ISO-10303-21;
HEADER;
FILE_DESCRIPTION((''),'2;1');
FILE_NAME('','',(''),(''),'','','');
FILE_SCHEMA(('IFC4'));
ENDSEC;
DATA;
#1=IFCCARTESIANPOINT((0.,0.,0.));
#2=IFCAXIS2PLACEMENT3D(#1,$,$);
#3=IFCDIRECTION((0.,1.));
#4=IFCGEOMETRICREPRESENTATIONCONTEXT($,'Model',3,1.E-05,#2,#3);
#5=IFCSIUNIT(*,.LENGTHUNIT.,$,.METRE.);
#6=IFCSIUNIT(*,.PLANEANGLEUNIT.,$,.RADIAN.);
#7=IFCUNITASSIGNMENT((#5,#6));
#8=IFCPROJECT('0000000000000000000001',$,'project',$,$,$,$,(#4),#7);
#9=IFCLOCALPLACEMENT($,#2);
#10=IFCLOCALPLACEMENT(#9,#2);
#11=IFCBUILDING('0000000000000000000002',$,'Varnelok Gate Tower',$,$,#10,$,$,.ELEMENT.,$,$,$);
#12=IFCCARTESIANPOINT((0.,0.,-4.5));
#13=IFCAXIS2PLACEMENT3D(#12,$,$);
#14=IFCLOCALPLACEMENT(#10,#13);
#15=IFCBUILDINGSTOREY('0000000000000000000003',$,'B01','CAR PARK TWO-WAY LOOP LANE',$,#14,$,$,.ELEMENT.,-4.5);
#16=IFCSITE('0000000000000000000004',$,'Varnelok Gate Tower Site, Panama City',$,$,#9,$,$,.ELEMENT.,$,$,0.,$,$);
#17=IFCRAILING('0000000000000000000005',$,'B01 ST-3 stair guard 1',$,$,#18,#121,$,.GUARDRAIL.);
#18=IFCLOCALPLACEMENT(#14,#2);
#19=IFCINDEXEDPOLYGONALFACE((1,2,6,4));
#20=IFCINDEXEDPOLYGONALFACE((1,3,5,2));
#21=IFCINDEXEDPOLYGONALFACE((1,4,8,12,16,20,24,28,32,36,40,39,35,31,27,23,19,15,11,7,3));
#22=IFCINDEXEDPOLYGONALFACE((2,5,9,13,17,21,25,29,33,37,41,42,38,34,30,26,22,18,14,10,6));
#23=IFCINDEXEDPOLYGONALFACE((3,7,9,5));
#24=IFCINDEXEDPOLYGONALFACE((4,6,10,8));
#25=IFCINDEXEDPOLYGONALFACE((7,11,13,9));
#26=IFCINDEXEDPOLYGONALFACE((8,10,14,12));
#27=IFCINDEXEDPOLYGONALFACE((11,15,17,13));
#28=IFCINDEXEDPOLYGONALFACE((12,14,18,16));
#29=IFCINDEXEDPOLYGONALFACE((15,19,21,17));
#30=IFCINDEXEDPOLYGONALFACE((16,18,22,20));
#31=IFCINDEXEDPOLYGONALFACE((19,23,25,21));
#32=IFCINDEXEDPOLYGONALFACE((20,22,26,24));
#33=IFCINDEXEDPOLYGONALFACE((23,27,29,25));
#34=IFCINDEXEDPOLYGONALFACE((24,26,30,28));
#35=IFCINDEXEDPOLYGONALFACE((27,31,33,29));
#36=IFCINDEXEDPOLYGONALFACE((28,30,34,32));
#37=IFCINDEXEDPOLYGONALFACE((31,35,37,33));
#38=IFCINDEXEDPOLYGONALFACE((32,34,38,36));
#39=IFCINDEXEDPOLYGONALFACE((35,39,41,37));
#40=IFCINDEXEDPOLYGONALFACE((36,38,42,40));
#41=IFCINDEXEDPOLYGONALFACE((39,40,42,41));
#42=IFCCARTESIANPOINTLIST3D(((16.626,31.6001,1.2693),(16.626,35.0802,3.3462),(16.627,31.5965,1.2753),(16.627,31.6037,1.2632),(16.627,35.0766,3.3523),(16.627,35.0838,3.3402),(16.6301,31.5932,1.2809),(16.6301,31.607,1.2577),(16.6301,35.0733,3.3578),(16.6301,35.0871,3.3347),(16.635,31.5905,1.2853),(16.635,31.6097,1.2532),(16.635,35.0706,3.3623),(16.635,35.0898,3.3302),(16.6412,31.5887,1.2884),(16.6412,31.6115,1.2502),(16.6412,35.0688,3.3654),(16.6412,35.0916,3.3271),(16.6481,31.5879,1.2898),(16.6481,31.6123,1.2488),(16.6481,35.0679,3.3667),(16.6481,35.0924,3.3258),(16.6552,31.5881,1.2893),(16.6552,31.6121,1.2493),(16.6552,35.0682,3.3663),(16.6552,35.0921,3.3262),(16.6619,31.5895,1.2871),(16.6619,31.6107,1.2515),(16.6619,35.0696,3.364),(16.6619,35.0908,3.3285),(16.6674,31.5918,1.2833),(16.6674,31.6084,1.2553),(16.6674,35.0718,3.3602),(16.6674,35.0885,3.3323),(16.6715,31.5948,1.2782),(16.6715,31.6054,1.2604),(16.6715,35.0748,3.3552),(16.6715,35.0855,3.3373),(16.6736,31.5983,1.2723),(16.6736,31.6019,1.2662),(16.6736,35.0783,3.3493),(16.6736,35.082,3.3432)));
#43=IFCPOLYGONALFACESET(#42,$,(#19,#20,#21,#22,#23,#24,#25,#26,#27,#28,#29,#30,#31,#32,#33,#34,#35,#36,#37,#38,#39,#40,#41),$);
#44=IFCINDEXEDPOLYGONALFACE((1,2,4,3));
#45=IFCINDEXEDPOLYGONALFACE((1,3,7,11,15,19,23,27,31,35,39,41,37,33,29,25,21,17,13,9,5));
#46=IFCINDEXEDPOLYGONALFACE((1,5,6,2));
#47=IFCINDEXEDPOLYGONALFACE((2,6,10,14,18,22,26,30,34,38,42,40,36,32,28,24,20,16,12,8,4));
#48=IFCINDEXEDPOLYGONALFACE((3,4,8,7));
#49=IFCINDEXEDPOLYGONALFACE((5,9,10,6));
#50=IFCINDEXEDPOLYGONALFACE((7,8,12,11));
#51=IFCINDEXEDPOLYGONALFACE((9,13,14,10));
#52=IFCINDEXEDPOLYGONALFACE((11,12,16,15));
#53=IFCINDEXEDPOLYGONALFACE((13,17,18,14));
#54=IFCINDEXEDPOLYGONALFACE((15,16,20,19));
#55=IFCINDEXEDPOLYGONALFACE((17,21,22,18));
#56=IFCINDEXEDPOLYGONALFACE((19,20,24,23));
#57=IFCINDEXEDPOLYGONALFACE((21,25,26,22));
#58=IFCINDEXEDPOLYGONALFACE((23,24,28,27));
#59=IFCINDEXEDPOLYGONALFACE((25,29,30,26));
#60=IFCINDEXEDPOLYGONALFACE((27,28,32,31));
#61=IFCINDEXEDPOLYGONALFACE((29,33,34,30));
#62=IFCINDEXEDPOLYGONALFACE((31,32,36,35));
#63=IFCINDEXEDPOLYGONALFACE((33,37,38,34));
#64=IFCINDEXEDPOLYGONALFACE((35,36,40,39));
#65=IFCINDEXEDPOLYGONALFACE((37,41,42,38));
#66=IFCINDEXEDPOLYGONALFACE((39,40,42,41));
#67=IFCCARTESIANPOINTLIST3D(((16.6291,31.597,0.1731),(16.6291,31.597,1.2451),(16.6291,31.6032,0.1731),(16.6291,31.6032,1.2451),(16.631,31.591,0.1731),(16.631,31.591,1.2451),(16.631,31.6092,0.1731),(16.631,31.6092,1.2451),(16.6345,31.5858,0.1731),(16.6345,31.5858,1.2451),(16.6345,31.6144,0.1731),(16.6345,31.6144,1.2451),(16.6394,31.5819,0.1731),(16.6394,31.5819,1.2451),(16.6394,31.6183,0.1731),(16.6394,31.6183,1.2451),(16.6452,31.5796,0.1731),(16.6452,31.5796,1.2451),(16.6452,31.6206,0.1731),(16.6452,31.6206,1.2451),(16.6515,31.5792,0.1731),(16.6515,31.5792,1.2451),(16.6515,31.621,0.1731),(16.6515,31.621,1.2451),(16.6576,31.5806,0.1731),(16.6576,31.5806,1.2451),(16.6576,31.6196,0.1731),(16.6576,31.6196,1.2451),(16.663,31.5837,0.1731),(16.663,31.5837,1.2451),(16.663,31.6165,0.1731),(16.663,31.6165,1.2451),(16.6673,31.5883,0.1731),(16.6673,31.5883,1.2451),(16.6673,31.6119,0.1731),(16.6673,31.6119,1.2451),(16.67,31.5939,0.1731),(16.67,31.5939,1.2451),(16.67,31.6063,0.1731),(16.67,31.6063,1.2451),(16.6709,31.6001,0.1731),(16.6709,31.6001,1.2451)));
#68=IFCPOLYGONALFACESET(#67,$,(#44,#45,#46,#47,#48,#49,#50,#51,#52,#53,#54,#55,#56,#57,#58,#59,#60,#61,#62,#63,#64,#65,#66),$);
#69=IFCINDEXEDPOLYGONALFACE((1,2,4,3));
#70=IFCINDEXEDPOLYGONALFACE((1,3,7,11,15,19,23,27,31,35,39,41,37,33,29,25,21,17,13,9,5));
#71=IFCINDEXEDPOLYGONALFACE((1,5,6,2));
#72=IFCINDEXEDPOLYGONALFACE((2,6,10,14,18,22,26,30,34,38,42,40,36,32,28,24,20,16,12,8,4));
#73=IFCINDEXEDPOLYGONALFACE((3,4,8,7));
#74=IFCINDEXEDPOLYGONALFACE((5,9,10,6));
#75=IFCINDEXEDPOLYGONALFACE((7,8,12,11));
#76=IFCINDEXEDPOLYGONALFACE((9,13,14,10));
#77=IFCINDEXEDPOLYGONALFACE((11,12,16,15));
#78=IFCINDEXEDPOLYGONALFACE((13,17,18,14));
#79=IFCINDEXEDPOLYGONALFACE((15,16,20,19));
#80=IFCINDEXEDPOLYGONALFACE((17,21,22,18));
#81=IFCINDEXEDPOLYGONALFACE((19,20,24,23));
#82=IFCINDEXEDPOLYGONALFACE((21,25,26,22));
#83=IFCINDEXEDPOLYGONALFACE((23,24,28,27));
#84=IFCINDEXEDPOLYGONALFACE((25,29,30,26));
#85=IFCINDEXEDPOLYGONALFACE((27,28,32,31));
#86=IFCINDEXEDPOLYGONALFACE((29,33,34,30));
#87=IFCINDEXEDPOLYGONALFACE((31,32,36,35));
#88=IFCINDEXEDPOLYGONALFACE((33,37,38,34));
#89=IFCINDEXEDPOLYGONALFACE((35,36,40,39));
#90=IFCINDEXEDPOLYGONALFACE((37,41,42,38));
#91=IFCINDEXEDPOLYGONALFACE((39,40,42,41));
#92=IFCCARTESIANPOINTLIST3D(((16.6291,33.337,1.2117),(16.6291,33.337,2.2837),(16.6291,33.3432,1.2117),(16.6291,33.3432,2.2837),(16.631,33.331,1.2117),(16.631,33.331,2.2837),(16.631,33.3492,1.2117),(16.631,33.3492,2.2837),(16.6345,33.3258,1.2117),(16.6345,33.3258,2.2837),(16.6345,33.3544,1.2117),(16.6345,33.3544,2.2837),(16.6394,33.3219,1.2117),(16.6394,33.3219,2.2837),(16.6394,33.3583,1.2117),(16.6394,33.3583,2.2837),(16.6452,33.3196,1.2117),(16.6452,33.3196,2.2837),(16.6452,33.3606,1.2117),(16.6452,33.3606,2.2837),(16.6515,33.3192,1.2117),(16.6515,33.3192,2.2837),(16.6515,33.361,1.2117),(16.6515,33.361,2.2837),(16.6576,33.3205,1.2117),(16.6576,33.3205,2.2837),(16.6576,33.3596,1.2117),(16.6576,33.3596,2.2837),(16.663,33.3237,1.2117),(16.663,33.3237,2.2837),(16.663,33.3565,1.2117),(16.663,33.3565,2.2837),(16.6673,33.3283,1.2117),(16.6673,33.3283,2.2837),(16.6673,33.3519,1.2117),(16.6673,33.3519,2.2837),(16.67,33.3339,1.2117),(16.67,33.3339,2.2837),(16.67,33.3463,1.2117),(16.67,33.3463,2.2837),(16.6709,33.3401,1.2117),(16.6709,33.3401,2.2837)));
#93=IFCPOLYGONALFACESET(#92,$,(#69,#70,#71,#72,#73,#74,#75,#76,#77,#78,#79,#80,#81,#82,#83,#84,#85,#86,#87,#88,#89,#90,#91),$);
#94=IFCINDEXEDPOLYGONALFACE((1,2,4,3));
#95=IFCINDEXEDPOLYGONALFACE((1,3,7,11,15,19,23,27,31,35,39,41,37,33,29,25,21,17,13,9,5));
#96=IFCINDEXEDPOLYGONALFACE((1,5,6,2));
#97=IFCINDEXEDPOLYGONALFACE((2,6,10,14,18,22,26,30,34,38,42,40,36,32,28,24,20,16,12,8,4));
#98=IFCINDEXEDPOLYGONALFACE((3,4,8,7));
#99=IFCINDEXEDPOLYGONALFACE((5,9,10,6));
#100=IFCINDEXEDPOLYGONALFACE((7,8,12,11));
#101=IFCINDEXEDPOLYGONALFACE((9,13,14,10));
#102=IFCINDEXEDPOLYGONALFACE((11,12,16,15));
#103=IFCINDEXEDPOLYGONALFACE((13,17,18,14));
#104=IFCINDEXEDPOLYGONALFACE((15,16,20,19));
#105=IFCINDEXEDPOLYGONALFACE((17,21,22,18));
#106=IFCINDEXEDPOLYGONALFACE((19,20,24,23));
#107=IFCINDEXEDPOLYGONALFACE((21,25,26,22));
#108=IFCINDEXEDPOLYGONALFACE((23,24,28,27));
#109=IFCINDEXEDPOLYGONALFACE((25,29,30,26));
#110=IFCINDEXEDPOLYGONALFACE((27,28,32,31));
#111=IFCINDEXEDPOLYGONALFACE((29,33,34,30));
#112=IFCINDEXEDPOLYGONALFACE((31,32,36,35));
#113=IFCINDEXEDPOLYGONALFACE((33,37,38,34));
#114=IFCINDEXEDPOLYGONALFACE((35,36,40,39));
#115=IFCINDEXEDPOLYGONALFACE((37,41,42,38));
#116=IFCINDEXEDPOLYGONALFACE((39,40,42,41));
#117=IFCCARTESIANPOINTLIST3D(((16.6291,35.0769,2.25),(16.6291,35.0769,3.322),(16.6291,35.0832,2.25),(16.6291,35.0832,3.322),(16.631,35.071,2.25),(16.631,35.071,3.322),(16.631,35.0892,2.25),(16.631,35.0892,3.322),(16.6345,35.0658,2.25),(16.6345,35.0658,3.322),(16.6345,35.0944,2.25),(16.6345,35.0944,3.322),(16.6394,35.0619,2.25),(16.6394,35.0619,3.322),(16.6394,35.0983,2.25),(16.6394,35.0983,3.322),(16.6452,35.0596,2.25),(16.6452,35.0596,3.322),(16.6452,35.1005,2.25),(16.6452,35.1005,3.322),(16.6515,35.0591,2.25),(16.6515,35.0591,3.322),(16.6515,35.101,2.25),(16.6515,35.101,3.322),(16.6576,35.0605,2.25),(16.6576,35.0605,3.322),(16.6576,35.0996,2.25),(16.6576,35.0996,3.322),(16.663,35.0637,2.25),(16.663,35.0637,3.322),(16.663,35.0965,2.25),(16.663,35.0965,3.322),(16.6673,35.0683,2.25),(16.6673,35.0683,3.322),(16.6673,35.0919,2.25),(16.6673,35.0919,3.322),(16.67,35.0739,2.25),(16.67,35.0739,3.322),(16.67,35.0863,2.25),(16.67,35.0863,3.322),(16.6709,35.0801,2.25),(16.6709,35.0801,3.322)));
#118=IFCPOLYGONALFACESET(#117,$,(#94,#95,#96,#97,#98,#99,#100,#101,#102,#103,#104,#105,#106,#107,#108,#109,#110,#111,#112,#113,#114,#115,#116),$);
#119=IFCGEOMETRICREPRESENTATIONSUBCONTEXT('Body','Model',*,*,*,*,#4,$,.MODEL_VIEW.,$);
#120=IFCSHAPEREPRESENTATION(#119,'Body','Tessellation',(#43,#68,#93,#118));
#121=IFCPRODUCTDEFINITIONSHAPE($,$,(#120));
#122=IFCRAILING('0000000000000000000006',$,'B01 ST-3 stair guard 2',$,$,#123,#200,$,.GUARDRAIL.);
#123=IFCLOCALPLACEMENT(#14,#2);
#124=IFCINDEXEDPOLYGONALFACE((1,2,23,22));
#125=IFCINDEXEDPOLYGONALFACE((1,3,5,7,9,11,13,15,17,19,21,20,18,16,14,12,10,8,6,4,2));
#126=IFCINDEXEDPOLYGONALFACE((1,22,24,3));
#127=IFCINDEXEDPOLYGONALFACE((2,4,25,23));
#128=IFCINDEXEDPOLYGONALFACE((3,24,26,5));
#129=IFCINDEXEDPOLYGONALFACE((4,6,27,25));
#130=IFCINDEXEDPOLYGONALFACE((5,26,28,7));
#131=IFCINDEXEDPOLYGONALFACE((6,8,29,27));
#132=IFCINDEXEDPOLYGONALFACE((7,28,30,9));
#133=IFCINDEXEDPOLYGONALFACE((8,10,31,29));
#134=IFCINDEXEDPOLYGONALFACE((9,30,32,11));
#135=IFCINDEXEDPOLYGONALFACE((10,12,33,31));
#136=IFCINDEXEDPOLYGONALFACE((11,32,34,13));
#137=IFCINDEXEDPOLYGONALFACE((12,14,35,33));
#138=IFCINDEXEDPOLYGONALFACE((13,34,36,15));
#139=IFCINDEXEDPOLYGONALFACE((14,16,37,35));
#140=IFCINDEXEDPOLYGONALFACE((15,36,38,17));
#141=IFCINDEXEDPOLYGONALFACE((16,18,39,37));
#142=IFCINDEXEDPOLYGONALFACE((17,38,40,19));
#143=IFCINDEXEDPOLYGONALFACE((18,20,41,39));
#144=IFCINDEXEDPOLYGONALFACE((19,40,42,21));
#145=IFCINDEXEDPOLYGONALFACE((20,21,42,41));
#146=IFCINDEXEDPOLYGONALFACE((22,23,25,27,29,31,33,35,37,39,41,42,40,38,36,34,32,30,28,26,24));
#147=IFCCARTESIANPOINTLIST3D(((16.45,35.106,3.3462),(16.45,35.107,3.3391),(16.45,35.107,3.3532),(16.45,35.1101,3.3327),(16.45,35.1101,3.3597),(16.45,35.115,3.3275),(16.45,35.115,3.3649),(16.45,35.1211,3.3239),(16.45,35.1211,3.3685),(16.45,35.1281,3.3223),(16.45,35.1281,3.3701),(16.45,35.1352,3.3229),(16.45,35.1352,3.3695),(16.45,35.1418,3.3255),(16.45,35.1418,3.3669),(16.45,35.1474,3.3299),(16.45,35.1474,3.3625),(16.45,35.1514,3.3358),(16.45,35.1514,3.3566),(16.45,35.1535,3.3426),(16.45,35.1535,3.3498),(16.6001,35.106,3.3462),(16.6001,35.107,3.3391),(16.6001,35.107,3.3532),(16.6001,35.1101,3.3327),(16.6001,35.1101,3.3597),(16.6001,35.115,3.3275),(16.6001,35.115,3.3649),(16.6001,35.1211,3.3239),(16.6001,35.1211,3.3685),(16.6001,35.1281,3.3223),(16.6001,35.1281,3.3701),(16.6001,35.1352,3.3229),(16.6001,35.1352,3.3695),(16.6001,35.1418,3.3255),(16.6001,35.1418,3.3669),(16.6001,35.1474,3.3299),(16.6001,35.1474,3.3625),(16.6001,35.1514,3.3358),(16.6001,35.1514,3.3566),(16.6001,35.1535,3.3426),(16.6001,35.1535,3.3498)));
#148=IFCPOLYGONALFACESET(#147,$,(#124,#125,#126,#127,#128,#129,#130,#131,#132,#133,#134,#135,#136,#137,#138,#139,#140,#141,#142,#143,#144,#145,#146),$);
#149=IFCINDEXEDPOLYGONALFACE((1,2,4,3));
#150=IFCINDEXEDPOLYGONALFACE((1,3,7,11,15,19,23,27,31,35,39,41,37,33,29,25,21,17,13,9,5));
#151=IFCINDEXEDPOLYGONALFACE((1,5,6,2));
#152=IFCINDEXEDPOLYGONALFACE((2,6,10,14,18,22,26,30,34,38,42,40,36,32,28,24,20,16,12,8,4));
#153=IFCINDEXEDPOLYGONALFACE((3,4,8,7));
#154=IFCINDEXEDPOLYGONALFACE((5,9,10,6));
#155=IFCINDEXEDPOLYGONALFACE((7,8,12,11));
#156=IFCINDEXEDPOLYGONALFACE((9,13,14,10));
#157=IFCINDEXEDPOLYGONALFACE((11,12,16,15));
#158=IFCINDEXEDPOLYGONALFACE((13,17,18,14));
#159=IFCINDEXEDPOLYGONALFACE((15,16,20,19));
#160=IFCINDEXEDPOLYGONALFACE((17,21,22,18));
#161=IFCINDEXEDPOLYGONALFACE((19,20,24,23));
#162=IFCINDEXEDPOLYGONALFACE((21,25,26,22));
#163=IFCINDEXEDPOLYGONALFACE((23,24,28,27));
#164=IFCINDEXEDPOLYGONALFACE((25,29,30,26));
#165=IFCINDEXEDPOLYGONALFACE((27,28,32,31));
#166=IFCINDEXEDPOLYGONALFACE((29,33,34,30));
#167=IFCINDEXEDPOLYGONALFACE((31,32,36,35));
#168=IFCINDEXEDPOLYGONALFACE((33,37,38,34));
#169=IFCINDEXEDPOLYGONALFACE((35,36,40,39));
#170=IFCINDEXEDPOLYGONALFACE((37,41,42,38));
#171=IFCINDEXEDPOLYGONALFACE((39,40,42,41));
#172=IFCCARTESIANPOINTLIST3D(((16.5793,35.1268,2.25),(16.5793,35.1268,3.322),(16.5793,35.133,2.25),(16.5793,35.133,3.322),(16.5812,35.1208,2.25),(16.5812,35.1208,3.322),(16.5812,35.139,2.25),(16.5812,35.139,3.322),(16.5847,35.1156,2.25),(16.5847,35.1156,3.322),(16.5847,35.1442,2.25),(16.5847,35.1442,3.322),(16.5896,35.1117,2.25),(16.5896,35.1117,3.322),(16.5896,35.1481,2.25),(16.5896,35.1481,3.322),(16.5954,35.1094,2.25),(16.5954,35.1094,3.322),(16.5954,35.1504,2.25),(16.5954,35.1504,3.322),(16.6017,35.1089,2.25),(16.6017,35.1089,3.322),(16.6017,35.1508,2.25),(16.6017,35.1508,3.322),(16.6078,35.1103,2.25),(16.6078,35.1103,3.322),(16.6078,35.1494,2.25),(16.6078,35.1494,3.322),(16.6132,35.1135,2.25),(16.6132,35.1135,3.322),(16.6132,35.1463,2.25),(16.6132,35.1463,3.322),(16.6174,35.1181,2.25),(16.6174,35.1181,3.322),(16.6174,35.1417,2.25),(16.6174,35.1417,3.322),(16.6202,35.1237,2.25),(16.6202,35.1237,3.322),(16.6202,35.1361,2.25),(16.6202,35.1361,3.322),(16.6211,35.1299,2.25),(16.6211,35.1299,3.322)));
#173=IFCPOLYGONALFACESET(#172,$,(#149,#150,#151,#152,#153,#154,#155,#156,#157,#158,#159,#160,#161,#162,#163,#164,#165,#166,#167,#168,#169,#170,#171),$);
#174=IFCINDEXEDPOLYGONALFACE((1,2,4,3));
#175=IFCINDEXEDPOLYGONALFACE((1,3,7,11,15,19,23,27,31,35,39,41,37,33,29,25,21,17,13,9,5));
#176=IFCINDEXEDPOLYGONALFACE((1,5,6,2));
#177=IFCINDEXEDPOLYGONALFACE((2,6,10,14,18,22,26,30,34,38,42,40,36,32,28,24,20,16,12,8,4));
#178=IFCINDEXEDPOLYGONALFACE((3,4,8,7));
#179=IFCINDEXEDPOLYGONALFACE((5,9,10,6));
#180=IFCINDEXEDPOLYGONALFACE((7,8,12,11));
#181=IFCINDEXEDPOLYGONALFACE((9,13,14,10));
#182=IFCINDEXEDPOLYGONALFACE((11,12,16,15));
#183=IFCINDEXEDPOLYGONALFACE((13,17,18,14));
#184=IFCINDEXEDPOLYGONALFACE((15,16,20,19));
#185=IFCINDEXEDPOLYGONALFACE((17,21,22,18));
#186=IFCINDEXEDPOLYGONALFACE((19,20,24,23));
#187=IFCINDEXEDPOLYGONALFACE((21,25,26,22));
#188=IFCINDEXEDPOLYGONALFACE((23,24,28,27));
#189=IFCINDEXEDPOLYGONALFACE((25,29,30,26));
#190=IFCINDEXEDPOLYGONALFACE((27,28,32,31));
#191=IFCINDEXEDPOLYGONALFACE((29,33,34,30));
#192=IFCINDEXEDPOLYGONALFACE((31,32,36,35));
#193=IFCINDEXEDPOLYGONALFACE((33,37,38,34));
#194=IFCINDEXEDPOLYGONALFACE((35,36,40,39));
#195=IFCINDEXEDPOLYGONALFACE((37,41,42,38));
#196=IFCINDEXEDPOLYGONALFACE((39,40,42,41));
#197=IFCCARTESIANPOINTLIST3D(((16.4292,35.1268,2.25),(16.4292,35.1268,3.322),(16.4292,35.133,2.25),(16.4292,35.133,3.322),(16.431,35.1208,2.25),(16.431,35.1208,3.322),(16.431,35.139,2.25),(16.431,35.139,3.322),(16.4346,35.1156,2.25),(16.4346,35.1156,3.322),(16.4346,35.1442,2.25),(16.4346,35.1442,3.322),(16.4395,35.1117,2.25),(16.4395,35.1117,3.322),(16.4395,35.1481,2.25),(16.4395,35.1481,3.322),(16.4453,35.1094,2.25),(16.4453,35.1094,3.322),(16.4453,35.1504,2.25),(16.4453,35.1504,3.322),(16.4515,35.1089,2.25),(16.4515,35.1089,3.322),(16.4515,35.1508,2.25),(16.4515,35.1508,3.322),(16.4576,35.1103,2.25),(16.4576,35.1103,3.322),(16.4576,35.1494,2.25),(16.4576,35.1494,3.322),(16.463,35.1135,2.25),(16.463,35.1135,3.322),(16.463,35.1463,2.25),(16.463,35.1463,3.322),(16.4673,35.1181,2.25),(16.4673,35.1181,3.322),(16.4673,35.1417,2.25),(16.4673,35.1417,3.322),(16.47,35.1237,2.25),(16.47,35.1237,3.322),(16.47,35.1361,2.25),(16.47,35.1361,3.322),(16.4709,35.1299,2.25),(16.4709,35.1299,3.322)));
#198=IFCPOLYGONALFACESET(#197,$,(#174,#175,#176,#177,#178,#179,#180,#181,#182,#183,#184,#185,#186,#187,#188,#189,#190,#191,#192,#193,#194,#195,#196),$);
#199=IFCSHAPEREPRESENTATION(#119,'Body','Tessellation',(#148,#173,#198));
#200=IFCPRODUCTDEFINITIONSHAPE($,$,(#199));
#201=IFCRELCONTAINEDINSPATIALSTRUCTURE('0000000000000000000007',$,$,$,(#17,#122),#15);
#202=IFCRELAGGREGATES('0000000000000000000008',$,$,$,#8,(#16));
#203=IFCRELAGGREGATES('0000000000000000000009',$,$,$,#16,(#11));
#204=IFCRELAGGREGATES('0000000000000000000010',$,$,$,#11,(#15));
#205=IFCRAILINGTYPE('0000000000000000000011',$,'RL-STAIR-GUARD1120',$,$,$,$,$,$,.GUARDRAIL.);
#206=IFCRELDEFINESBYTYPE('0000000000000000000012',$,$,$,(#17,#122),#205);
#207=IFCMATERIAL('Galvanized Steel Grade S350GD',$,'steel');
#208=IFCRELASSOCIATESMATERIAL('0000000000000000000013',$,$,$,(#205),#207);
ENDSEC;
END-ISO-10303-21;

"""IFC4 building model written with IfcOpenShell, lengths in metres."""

from ifc_helpers import new_model, si_unit, direction, frame, origin, origin_2d, place, context, subcontext, project, spatial, circle, extrude, material, type_object, element, save


model = new_model("IFC4")

# Units and contexts
model_context = context("Model", 3, precision=1e-05, world=origin(), true_north=direction((0.0, 1.0)))
body_context = subcontext(model_context, "Body", "Model", "MODEL_VIEW")
ifc_project = project(units=[si_unit("LENGTHUNIT", "METRE"), si_unit("PLANEANGLEUNIT", "RADIAN")], contexts=[model_context])

# Site, building, storey
site_placement = place(None, origin())
site = spatial("IfcSite", under=ifc_project, at=site_placement, Name="Varnelok Gate Tower Site, Panama City", CompositionType="ELEMENT", RefElevation=0.0)
building_placement = place(site_placement, origin())
building = spatial("IfcBuilding", under=site, at=building_placement, Name="Varnelok Gate Tower", CompositionType="ELEMENT")
storey_placement = place(building_placement, frame((0.0, 0.0, -4.5)))
storey = spatial("IfcBuildingStorey", under=building, at=storey_placement, Name="B01", Description="CAR PARK TWO-WAY LOOP LANE", CompositionType="ELEMENT", Elevation=-4.5)

# Railings
ifc_material_1 = material(Name="Galvanized Steel Grade S350GD", Category="steel")
railing_type_1 = type_object("IfcRailingType", Name="RL-STAIR-GUARD1120", PredefinedType="GUARDRAIL", material=ifc_material_1)
railing_1_placement = place(storey_placement, frame((16.6499, 31.6001, 0.1731)))
element("IfcRailing", 1, at=railing_1_placement, inside=storey, type_object=railing_type_1, Name="B01 ST-3 stair guard 1", PredefinedType="GUARDRAIL", context=body_context, shape_type="SweptSolid", body=[
    extrude(circle(Radius=0.0239, at=origin_2d()), frame((0.0, 0.0, 1.0962), z_axis=(0.0, 0.858697, 0.512483), x_axis=(-1.0, 0.0, 0.0)), (0.0, 0.0, 1.0), 4.0527),
    extrude(circle(Radius=0.021, at=origin_2d()), origin(), (0.0, 0.0, 1.0), 1.072),
    extrude(circle(Radius=0.021, at=origin_2d()), frame((0.0, 1.74, 1.0386)), (0.0, 0.0, 1.0), 1.072),
    extrude(circle(Radius=0.021, at=origin_2d()), frame((0.0, 3.48, 2.0769)), (0.0, 0.0, 1.0), 1.072),
])
railing_2_placement = place(storey_placement, frame((16.6001, 35.1299, 2.25)))
element("IfcRailing", 2, at=railing_2_placement, inside=storey, type_object=railing_type_1, Name="B01 ST-3 stair guard 2", PredefinedType="GUARDRAIL", context=body_context, shape_type="SweptSolid", body=[
    extrude(circle(Radius=0.0239, at=origin_2d()), frame((0.0, 0.0, 1.0962), z_axis=(-1.0, 0.0, 0.0), x_axis=(0.0, -1.0, 0.0)), (0.0, 0.0, 1.0), 0.1501),
    extrude(circle(Radius=0.021, at=origin_2d()), origin(), (0.0, 0.0, 1.0), 1.072),
    extrude(circle(Radius=0.021, at=origin_2d()), frame((-0.1501, 0.0, 0.0)), (0.0, 0.0, 1.0), 1.072),
])

save(model, "model.ifc")
